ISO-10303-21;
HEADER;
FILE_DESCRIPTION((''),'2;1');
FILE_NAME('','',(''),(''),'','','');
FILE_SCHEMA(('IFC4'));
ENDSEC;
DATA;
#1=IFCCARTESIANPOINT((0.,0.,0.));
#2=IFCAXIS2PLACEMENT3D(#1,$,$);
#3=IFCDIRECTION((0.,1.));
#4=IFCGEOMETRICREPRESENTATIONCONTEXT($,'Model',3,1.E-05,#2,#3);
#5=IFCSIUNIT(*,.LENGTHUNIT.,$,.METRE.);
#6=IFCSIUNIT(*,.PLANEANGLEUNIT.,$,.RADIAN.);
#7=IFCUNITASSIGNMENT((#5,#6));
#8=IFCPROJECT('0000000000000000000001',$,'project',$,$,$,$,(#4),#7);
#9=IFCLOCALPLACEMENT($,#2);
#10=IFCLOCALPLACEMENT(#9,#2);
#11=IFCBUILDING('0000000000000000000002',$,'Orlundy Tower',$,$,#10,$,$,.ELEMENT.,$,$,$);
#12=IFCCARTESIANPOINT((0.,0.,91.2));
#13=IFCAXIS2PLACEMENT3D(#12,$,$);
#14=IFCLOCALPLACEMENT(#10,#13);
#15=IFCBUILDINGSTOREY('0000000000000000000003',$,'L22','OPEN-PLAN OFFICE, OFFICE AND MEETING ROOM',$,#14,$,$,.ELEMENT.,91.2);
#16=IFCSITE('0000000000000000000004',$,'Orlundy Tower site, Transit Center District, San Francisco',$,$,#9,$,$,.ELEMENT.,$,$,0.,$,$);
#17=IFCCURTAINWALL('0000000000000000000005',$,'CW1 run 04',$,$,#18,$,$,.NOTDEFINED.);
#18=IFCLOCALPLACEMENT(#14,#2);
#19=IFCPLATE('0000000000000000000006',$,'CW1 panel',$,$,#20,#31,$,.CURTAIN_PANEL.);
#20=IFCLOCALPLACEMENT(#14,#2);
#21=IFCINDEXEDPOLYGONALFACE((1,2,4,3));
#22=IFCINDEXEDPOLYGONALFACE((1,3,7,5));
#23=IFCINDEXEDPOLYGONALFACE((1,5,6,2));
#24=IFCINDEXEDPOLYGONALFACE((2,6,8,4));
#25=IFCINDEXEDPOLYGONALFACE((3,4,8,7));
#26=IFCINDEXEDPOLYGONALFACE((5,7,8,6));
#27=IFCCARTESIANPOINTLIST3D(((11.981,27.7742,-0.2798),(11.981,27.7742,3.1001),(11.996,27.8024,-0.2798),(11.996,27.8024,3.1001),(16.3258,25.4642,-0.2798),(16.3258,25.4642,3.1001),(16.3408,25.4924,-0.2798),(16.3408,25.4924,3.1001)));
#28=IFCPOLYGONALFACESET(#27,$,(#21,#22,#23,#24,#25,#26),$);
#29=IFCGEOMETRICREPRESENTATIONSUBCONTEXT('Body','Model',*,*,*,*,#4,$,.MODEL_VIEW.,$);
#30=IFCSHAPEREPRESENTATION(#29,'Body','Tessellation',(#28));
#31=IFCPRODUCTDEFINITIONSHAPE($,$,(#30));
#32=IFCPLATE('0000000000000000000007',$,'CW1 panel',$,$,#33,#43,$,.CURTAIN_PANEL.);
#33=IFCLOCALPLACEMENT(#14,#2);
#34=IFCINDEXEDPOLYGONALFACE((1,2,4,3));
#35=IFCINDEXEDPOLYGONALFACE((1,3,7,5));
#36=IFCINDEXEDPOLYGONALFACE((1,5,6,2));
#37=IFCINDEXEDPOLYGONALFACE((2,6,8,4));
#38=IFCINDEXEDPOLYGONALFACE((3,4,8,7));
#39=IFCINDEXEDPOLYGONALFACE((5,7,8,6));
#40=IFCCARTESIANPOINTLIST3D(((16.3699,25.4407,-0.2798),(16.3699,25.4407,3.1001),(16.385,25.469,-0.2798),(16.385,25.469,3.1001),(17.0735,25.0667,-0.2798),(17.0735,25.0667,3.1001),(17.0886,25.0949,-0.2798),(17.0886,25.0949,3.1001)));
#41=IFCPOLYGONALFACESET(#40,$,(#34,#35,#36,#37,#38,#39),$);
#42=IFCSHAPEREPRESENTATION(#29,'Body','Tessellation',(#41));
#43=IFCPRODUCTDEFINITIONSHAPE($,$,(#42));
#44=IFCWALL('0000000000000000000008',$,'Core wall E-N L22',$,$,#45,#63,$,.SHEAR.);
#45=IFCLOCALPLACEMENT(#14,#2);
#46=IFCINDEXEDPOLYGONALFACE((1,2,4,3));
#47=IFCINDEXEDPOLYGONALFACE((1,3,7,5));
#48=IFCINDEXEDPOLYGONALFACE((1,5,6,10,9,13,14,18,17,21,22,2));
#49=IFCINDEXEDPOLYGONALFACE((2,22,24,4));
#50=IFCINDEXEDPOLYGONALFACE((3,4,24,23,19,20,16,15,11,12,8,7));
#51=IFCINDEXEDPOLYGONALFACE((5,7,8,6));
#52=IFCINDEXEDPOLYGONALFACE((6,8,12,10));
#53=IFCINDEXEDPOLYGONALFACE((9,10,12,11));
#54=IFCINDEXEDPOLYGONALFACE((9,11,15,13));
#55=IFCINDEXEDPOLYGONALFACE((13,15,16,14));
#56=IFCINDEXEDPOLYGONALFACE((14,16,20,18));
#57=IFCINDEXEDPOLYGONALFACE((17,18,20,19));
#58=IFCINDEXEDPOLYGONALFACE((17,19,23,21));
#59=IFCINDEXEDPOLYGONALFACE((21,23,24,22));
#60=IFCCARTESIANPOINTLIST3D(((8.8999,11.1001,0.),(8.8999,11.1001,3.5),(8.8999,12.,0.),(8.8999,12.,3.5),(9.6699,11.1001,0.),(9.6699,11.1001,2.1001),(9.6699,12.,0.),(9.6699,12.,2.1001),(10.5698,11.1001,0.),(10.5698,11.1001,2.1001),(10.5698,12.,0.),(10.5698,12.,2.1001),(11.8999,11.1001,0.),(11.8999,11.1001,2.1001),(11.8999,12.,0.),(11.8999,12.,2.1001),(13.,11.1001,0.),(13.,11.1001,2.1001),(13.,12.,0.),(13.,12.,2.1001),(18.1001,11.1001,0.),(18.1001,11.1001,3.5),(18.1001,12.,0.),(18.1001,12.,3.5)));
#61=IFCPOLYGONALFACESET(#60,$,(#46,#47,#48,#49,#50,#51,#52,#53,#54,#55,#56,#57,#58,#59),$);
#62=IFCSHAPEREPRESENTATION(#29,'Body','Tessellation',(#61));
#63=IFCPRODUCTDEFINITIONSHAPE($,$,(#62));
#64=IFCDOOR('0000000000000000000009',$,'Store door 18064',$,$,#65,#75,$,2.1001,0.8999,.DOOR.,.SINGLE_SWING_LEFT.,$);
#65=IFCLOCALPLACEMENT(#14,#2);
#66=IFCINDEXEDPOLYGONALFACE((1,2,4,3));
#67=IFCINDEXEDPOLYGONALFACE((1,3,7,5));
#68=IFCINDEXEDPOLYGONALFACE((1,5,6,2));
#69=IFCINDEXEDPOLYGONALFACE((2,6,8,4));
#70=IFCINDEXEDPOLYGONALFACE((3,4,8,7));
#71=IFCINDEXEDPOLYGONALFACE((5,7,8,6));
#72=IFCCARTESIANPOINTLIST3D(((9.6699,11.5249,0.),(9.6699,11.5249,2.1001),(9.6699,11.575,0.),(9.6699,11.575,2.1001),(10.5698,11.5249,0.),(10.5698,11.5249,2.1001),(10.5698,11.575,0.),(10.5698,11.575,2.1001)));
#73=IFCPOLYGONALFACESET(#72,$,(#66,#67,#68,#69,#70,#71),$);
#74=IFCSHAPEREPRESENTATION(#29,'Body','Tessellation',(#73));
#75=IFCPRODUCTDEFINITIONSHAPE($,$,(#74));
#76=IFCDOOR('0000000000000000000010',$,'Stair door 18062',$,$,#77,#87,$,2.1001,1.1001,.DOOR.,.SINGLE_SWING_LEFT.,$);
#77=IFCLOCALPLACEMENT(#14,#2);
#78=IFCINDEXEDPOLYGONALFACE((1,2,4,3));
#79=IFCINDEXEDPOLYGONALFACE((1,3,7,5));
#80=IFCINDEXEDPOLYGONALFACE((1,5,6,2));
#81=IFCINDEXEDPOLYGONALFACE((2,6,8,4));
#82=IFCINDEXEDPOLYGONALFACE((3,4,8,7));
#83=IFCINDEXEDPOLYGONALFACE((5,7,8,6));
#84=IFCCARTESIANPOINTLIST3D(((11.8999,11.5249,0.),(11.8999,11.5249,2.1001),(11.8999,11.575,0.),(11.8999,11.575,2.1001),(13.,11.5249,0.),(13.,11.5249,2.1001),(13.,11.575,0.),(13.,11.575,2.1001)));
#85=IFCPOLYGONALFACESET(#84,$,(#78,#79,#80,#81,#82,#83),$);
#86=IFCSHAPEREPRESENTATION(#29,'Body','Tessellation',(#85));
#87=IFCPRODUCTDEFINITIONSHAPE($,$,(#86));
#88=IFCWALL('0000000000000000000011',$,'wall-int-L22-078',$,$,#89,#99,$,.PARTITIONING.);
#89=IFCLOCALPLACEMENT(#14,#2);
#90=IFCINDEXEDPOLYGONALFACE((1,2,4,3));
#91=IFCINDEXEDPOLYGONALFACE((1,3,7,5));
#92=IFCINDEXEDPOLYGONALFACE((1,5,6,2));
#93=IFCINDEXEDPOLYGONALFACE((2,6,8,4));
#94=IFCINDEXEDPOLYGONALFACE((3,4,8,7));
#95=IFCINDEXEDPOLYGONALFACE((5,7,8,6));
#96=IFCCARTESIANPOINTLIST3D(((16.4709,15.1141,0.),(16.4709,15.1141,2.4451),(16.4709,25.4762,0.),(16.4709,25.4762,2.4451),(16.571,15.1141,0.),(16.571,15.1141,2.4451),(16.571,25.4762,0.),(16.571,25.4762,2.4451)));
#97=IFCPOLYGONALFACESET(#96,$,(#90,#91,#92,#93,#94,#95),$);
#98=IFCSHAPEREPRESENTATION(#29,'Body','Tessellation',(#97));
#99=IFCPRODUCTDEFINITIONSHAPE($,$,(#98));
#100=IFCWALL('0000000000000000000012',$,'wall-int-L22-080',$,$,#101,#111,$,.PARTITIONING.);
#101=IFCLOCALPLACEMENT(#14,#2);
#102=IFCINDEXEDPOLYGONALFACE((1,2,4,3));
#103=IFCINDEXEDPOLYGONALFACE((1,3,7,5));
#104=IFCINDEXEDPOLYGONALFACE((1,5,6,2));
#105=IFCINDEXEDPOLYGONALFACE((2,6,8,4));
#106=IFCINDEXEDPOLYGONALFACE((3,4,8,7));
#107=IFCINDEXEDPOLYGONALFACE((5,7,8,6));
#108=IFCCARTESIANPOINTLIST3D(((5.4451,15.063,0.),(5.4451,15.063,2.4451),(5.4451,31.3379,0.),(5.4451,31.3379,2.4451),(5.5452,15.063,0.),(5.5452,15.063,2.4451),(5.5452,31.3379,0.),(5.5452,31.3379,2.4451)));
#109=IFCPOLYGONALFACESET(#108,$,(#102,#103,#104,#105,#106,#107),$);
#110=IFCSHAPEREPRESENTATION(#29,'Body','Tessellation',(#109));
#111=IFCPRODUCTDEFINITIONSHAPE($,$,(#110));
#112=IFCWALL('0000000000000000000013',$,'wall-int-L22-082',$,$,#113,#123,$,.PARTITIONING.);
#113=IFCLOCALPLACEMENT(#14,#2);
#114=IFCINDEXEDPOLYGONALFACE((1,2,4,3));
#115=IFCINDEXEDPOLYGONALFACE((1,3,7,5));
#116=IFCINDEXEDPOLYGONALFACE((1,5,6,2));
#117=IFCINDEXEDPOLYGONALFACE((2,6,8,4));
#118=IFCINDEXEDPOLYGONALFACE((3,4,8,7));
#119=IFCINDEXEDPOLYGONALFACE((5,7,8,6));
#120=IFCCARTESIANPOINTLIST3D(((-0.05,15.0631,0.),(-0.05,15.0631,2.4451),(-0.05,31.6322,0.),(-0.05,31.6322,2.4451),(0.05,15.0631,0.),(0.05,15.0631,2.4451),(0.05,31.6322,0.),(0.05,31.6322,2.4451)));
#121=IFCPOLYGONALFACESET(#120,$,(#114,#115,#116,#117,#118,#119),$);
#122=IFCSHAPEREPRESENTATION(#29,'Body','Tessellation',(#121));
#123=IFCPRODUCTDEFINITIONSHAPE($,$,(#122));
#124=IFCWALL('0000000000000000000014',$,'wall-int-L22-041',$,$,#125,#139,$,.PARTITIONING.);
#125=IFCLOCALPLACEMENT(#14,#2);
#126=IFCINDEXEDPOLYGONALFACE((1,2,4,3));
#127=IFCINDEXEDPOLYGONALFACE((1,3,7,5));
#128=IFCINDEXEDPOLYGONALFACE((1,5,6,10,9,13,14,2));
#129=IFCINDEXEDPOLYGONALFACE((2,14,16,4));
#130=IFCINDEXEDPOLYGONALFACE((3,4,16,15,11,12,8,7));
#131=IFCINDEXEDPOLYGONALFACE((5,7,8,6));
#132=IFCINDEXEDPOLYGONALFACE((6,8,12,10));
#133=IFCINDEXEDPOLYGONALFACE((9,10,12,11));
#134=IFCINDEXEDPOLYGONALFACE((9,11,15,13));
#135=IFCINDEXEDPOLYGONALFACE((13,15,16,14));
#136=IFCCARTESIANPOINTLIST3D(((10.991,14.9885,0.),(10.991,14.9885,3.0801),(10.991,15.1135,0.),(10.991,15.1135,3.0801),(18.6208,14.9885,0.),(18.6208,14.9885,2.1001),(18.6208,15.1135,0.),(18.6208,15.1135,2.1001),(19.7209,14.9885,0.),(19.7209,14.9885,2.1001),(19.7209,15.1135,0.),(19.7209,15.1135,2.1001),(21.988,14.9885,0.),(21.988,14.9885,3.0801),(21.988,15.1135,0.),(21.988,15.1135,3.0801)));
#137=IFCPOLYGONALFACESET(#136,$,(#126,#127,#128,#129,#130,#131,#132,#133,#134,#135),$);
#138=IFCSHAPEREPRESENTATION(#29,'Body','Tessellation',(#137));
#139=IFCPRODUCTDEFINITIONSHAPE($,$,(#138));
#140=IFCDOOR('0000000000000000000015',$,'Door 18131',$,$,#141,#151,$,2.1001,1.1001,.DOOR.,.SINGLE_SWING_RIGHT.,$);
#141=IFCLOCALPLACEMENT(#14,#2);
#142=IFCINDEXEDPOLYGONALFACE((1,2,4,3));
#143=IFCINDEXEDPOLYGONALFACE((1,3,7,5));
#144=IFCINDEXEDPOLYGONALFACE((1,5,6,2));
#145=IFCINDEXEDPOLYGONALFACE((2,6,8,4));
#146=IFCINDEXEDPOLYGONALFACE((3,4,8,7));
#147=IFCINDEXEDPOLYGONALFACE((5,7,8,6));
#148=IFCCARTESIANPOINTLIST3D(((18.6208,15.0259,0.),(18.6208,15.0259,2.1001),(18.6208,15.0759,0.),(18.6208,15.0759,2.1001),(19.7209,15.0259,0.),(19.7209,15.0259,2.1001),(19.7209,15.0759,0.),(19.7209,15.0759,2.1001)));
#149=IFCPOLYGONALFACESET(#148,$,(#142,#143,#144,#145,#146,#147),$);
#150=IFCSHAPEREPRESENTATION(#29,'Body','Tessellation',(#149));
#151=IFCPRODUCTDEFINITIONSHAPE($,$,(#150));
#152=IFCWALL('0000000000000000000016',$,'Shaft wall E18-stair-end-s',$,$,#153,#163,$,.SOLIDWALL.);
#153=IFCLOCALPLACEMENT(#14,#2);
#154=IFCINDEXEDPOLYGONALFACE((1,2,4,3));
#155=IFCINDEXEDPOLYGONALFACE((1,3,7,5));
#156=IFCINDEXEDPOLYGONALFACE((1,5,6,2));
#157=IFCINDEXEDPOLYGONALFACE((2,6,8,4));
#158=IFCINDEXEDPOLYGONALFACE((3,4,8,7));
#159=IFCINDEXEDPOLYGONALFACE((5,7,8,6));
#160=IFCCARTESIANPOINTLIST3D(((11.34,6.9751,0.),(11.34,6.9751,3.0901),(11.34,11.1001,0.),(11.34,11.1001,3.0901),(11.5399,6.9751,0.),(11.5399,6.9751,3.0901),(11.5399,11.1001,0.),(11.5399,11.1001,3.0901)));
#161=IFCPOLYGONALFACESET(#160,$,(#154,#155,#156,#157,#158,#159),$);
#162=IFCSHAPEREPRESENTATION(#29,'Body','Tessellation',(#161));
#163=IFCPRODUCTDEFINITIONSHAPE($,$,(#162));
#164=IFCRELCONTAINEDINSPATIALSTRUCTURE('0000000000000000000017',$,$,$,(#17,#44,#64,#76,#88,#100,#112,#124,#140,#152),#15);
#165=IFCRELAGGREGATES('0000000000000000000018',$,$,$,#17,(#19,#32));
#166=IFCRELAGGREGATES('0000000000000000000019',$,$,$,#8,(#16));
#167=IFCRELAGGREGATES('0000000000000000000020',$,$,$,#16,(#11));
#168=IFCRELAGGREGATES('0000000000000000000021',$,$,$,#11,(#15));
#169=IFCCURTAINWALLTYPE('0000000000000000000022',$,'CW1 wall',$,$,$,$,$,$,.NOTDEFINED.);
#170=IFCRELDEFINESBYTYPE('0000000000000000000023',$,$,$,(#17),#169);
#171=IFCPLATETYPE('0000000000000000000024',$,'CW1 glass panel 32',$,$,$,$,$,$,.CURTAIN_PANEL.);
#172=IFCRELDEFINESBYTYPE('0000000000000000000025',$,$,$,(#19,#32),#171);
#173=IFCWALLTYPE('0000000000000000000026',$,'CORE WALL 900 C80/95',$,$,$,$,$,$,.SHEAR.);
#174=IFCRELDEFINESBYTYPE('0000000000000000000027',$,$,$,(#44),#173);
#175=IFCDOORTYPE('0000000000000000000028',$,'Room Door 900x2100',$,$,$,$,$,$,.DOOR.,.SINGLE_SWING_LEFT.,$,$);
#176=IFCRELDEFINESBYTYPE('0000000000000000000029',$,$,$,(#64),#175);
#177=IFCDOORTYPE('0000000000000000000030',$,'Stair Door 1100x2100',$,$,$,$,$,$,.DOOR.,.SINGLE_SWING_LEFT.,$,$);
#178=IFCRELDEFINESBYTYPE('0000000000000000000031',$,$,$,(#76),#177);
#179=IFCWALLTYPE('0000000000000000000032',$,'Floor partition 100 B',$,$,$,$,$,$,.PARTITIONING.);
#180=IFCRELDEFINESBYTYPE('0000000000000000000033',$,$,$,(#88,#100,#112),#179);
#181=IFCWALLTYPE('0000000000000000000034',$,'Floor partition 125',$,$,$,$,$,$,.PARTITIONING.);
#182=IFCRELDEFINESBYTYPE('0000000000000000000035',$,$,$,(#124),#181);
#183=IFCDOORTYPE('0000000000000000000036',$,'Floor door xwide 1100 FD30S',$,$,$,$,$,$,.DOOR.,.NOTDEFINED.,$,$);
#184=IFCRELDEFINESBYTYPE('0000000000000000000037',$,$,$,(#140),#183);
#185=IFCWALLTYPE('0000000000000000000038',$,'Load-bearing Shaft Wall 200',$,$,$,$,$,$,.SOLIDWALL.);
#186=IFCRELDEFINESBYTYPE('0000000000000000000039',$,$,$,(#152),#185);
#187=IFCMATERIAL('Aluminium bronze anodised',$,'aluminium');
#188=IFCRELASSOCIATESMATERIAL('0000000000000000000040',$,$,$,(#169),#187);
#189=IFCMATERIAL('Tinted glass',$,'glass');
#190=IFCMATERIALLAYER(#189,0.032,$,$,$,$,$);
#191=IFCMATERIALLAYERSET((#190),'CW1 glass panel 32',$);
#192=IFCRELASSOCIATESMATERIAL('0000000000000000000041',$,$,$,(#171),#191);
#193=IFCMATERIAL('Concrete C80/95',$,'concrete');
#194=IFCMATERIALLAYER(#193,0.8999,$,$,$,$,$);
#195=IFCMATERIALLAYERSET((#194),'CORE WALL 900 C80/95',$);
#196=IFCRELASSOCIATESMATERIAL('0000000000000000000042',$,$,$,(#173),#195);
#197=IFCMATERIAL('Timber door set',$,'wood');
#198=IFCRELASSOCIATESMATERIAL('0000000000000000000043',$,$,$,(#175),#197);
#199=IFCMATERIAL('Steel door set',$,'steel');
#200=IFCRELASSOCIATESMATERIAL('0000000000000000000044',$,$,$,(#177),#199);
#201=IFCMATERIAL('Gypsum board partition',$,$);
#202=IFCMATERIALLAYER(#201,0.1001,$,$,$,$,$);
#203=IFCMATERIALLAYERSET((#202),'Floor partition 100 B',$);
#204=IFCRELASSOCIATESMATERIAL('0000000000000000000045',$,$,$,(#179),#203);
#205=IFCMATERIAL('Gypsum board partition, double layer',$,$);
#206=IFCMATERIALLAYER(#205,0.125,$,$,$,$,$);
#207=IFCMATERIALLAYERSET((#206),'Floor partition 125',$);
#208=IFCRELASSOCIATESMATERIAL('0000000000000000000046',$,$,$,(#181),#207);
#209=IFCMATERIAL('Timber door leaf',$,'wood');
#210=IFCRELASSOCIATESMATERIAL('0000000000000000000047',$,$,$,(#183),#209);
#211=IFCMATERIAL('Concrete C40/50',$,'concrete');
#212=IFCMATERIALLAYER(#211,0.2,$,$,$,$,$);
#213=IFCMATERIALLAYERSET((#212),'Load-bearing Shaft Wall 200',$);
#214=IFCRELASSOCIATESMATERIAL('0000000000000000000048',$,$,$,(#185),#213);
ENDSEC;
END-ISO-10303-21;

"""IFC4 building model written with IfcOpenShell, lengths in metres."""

from ifc_helpers import new_model, si_unit, direction, frame, frame_2d, origin, origin_2d, place, context, subcontext, project, spatial, rectangle, extrude, material, layer, layer_set, type_object, element, fill, aggregate, save


model = new_model("IFC4")

# Units and contexts
model_context = context("Model", 3, precision=1e-05, world=origin(), true_north=direction((0.0, 1.0)))
body_context = subcontext(model_context, "Body", "Model", "MODEL_VIEW")
ifc_project = project(units=[si_unit("LENGTHUNIT", "METRE"), si_unit("PLANEANGLEUNIT", "RADIAN")], contexts=[model_context])

# Site, building, storey
site_placement = place(None, origin())
site = spatial("IfcSite", under=ifc_project, at=site_placement, Name="Orlundy Tower site, Transit Center District, San Francisco", CompositionType="ELEMENT", RefElevation=0.0)
building_placement = place(site_placement, origin())
building = spatial("IfcBuilding", under=site, at=building_placement, Name="Orlundy Tower", CompositionType="ELEMENT")
storey_placement = place(building_placement, frame((0.0, 0.0, 91.2)))
storey = spatial("IfcBuildingStorey", under=building, at=storey_placement, Name="L22", Description="OPEN-PLAN OFFICE, OFFICE AND MEETING ROOM", CompositionType="ELEMENT", Elevation=91.2)

# Curtain wall
ifc_material_1 = material(Name="Aluminium bronze anodised", Category="aluminium")
curtain_wall_type = type_object("IfcCurtainWallType", Name="CW1 wall", PredefinedType="NOTDEFINED", material=ifc_material_1)
curtain_wall_1_placement = place(storey_placement, origin())
curtain_wall_1 = element("IfcCurtainWall", 1, at=curtain_wall_1_placement, inside=storey, type_object=curtain_wall_type, Name="CW1 run 04", PredefinedType="NOTDEFINED")

# Shared definitions
ifc_material_2 = material(Name="Tinted glass", Category="glass")
ifc_layer_1 = layer(ifc_material_2, 0.032)
ifc_layer_set_1 = layer_set([ifc_layer_1], Name="CW1 glass panel 32")
plate_type = type_object("IfcPlateType", Name="CW1 glass panel 32", PredefinedType="CURTAIN_PANEL", material=ifc_layer_set_1)

# Plates
plate_1_placement = place(storey_placement, frame((14.1609, 26.6333, -0.2798), z_axis=(0.0, 0.0, 1.0), x_axis=(0.882961, -0.469445, 0.0)))
plate_1 = element("IfcPlate", 2, at=plate_1_placement, type_object=plate_type, Name="CW1 panel", PredefinedType="CURTAIN_PANEL", context=body_context, shape_type="SweptSolid", body=[
    extrude(rectangle(XDim=4.9207, YDim=0.032, at=origin_2d()), origin(), (0.0, 0.0, 1.0), 3.3799),
])
plate_2_placement = place(storey_placement, frame((16.7292, 25.2678, -0.2798), z_axis=(0.0, 0.0, 1.0), x_axis=(0.882961, -0.469445, 0.0)))
plate_2 = element("IfcPlate", 3, at=plate_2_placement, type_object=plate_type, Name="CW1 panel", PredefinedType="CURTAIN_PANEL", context=body_context, shape_type="SweptSolid", body=[
    extrude(rectangle(XDim=0.7969, YDim=0.032, at=origin_2d()), origin(), (0.0, 0.0, 1.0), 3.3799),
])
aggregate(curtain_wall_1, [plate_1, plate_2])

# Wall, openings, doors
ifc_material_3 = material(Name="Concrete C80/95", Category="concrete")
ifc_layer_2 = layer(ifc_material_3, 0.8999)
ifc_layer_set_2 = layer_set([ifc_layer_2], Name="CORE WALL 900 C80/95")
wall_type_1 = type_object("IfcWallType", Name="CORE WALL 900 C80/95", PredefinedType="SHEAR", material=ifc_layer_set_2)
wall_1_placement = place(storey_placement, frame((8.8999, 11.55, 0.0), z_axis=(0.0, 0.0, 1.0), x_axis=(1.0, 0.0, 0.0)))
wall_1 = element("IfcWall", 4, at=wall_1_placement, inside=storey, type_object=wall_type_1, Name="Core wall E-N L22", PredefinedType="SHEAR", context=body_context, shape_type="SweptSolid", body=[
    extrude(rectangle(XDim=9.2002, YDim=0.8999, at=frame_2d((4.6001, 0.0))), origin(), (0.0, 0.0, 1.0), 3.5),
])
opening_1_placement = place(wall_1_placement, frame((3.0, 0.0, 0.0)))
opening_1 = element("IfcOpeningElement", 5, at=opening_1_placement, cuts=wall_1, PredefinedType="OPENING", context=body_context, shape_type="SweptSolid", body=[
    extrude(rectangle(XDim=1.1001, YDim=2.1001, at=frame_2d((0.55, 1.05))), frame((0.0, 0.46, 0.0), z_axis=(0.0, -1.0, 0.0), x_axis=(1.0, 0.0, 0.0)), (0.0, 0.0, 1.0), 0.9199),
])
opening_2_placement = place(wall_1_placement, frame((0.77, 0.0, 0.0)))
opening_2 = element("IfcOpeningElement", 6, at=opening_2_placement, cuts=wall_1, PredefinedType="OPENING", context=body_context, shape_type="SweptSolid", body=[
    extrude(rectangle(XDim=0.8999, YDim=2.1001, at=frame_2d((0.45, 1.05))), frame((0.0, 0.46, 0.0), z_axis=(0.0, -1.0, 0.0), x_axis=(1.0, 0.0, 0.0)), (0.0, 0.0, 1.0), 0.9199),
])
ifc_material_4 = material(Name="Timber door set", Category="wood")
door_type_1 = type_object("IfcDoorType", Name="Room Door 900x2100", OperationType="SINGLE_SWING_LEFT", PredefinedType="DOOR", material=ifc_material_4)
door_1_placement = place(opening_2_placement, origin())
door_1 = element("IfcDoor", 7, at=door_1_placement, inside=storey, type_object=door_type_1, Name="Store door 18064", OperationType="SINGLE_SWING_LEFT", OverallHeight=2.1001, OverallWidth=0.8999, PredefinedType="DOOR", context=body_context, shape_type="SweptSolid", body=[
    extrude(rectangle(XDim=0.8999, YDim=2.1001, at=frame_2d((0.45, 1.05))), frame((0.0, 0.0249, 0.0), z_axis=(0.0, -1.0, 0.0), x_axis=(1.0, 0.0, 0.0)), (0.0, 0.0, 1.0), 0.05),
])
fill(opening_2, door_1)
ifc_material_5 = material(Name="Steel door set", Category="steel")
door_type_2 = type_object("IfcDoorType", Name="Stair Door 1100x2100", OperationType="SINGLE_SWING_LEFT", PredefinedType="DOOR", material=ifc_material_5)
door_2_placement = place(opening_1_placement, origin())
door_2 = element("IfcDoor", 8, at=door_2_placement, inside=storey, type_object=door_type_2, Name="Stair door 18062", OperationType="SINGLE_SWING_LEFT", OverallHeight=2.1001, OverallWidth=1.1001, PredefinedType="DOOR", context=body_context, shape_type="SweptSolid", body=[
    extrude(rectangle(XDim=1.1001, YDim=2.1001, at=frame_2d((0.55, 1.05))), frame((0.0, 0.0249, 0.0), z_axis=(0.0, -1.0, 0.0), x_axis=(1.0, 0.0, 0.0)), (0.0, 0.0, 1.0), 0.05),
])
fill(opening_1, door_2)

# Walls
ifc_material_6 = material(Name="Gypsum board partition")
ifc_layer_3 = layer(ifc_material_6, 0.1001)
ifc_layer_set_3 = layer_set([ifc_layer_3], Name="Floor partition 100 B")
wall_type_2 = type_object("IfcWallType", Name="Floor partition 100 B", PredefinedType="PARTITIONING", material=ifc_layer_set_3)
wall_2_placement = place(storey_placement, frame((16.521, 15.114, 0.0), z_axis=(0.0, 0.0, 1.0), x_axis=(0.0, 1.0, 0.0)))
element("IfcWall", 9, at=wall_2_placement, inside=storey, type_object=wall_type_2, Name="wall-int-L22-078", PredefinedType="PARTITIONING", context=body_context, shape_type="SweptSolid", body=[
    extrude(rectangle(XDim=10.3621, YDim=0.1001, at=frame_2d((5.1812, 0.0))), origin(), (0.0, 0.0, 1.0), 2.4451),
])
wall_3_placement = place(storey_placement, frame((5.4951, 15.063, 0.0), z_axis=(0.0, 0.0, 1.0), x_axis=(0.0, 1.0, 0.0)))
element("IfcWall", 10, at=wall_3_placement, inside=storey, type_object=wall_type_2, Name="wall-int-L22-080", PredefinedType="PARTITIONING", context=body_context, shape_type="SweptSolid", body=[
    extrude(rectangle(XDim=16.2749, YDim=0.1001, at=frame_2d((8.1375, 0.0))), origin(), (0.0, 0.0, 1.0), 2.4451),
])
wall_4_placement = place(storey_placement, frame((0.0, 15.063, 0.0), z_axis=(0.0, 0.0, 1.0), x_axis=(0.0, 1.0, 0.0)))
element("IfcWall", 11, at=wall_4_placement, inside=storey, type_object=wall_type_2, Name="wall-int-L22-082", PredefinedType="PARTITIONING", context=body_context, shape_type="SweptSolid", body=[
    extrude(rectangle(XDim=16.5691, YDim=0.1001, at=frame_2d((8.2847, 0.0))), origin(), (0.0, 0.0, 1.0), 2.4451),
])

# Wall, opening, door
ifc_material_7 = material(Name="Gypsum board partition, double layer")
ifc_layer_4 = layer(ifc_material_7, 0.125)
ifc_layer_set_4 = layer_set([ifc_layer_4], Name="Floor partition 125")
wall_type_3 = type_object("IfcWallType", Name="Floor partition 125", PredefinedType="PARTITIONING", material=ifc_layer_set_4)
wall_5_placement = place(storey_placement, frame((10.991, 15.051, 0.0), z_axis=(0.0, 0.0, 1.0), x_axis=(1.0, 0.0, 0.0)))
wall_5 = element("IfcWall", 12, at=wall_5_placement, inside=storey, type_object=wall_type_3, Name="wall-int-L22-041", PredefinedType="PARTITIONING", context=body_context, shape_type="SweptSolid", body=[
    extrude(rectangle(XDim=10.9971, YDim=0.125, at=frame_2d((5.4985, 0.0))), origin(), (0.0, 0.0, 1.0), 3.0801),
])
opening_3_placement = place(wall_5_placement, frame((7.6299, 0.0, 0.0)))
opening_3 = element("IfcOpeningElement", 13, at=opening_3_placement, cuts=wall_5, PredefinedType="OPENING", context=body_context, shape_type="SweptSolid", body=[
    extrude(rectangle(XDim=1.1001, YDim=2.1001, at=frame_2d((0.55, 1.05))), frame((0.0, 0.0725, 0.0), z_axis=(0.0, -1.0, 0.0), x_axis=(1.0, 0.0, 0.0)), (0.0, 0.0, 1.0), 0.145),
])
ifc_material_8 = material(Name="Timber door leaf", Category="wood")
door_type_3 = type_object("IfcDoorType", Name="Floor door xwide 1100 FD30S", OperationType="NOTDEFINED", PredefinedType="DOOR", material=ifc_material_8)
door_3_placement = place(opening_3_placement, origin())
door_3 = element("IfcDoor", 14, at=door_3_placement, inside=storey, type_object=door_type_3, Name="Door 18131", OperationType="SINGLE_SWING_RIGHT", OverallHeight=2.1001, OverallWidth=1.1001, PredefinedType="DOOR", context=body_context, shape_type="SweptSolid", body=[
    extrude(rectangle(XDim=1.1001, YDim=2.1001, at=frame_2d((0.55, 1.05))), frame((0.0, 0.0249, 0.0), z_axis=(0.0, -1.0, 0.0), x_axis=(1.0, 0.0, 0.0)), (0.0, 0.0, 1.0), 0.05),
])
fill(opening_3, door_3)

# Wall
ifc_material_9 = material(Name="Concrete C40/50", Category="concrete")
ifc_layer_5 = layer(ifc_material_9, 0.2)
ifc_layer_set_5 = layer_set([ifc_layer_5], Name="Load-bearing Shaft Wall 200")
wall_type_4 = type_object("IfcWallType", Name="Load-bearing Shaft Wall 200", PredefinedType="SOLIDWALL", material=ifc_layer_set_5)
wall_6_placement = place(storey_placement, frame((11.4399, 11.1001, 0.0), z_axis=(0.0, 0.0, 1.0), x_axis=(0.0, -1.0, 0.0)))
element("IfcWall", 15, at=wall_6_placement, inside=storey, type_object=wall_type_4, Name="Shaft wall E18-stair-end-s", PredefinedType="SOLIDWALL", context=body_context, shape_type="SweptSolid", body=[
    extrude(rectangle(XDim=4.125, YDim=0.2, at=frame_2d((2.0625, 0.0))), origin(), (0.0, 0.0, 1.0), 3.0901),
])

save(model, "model.ifc")
